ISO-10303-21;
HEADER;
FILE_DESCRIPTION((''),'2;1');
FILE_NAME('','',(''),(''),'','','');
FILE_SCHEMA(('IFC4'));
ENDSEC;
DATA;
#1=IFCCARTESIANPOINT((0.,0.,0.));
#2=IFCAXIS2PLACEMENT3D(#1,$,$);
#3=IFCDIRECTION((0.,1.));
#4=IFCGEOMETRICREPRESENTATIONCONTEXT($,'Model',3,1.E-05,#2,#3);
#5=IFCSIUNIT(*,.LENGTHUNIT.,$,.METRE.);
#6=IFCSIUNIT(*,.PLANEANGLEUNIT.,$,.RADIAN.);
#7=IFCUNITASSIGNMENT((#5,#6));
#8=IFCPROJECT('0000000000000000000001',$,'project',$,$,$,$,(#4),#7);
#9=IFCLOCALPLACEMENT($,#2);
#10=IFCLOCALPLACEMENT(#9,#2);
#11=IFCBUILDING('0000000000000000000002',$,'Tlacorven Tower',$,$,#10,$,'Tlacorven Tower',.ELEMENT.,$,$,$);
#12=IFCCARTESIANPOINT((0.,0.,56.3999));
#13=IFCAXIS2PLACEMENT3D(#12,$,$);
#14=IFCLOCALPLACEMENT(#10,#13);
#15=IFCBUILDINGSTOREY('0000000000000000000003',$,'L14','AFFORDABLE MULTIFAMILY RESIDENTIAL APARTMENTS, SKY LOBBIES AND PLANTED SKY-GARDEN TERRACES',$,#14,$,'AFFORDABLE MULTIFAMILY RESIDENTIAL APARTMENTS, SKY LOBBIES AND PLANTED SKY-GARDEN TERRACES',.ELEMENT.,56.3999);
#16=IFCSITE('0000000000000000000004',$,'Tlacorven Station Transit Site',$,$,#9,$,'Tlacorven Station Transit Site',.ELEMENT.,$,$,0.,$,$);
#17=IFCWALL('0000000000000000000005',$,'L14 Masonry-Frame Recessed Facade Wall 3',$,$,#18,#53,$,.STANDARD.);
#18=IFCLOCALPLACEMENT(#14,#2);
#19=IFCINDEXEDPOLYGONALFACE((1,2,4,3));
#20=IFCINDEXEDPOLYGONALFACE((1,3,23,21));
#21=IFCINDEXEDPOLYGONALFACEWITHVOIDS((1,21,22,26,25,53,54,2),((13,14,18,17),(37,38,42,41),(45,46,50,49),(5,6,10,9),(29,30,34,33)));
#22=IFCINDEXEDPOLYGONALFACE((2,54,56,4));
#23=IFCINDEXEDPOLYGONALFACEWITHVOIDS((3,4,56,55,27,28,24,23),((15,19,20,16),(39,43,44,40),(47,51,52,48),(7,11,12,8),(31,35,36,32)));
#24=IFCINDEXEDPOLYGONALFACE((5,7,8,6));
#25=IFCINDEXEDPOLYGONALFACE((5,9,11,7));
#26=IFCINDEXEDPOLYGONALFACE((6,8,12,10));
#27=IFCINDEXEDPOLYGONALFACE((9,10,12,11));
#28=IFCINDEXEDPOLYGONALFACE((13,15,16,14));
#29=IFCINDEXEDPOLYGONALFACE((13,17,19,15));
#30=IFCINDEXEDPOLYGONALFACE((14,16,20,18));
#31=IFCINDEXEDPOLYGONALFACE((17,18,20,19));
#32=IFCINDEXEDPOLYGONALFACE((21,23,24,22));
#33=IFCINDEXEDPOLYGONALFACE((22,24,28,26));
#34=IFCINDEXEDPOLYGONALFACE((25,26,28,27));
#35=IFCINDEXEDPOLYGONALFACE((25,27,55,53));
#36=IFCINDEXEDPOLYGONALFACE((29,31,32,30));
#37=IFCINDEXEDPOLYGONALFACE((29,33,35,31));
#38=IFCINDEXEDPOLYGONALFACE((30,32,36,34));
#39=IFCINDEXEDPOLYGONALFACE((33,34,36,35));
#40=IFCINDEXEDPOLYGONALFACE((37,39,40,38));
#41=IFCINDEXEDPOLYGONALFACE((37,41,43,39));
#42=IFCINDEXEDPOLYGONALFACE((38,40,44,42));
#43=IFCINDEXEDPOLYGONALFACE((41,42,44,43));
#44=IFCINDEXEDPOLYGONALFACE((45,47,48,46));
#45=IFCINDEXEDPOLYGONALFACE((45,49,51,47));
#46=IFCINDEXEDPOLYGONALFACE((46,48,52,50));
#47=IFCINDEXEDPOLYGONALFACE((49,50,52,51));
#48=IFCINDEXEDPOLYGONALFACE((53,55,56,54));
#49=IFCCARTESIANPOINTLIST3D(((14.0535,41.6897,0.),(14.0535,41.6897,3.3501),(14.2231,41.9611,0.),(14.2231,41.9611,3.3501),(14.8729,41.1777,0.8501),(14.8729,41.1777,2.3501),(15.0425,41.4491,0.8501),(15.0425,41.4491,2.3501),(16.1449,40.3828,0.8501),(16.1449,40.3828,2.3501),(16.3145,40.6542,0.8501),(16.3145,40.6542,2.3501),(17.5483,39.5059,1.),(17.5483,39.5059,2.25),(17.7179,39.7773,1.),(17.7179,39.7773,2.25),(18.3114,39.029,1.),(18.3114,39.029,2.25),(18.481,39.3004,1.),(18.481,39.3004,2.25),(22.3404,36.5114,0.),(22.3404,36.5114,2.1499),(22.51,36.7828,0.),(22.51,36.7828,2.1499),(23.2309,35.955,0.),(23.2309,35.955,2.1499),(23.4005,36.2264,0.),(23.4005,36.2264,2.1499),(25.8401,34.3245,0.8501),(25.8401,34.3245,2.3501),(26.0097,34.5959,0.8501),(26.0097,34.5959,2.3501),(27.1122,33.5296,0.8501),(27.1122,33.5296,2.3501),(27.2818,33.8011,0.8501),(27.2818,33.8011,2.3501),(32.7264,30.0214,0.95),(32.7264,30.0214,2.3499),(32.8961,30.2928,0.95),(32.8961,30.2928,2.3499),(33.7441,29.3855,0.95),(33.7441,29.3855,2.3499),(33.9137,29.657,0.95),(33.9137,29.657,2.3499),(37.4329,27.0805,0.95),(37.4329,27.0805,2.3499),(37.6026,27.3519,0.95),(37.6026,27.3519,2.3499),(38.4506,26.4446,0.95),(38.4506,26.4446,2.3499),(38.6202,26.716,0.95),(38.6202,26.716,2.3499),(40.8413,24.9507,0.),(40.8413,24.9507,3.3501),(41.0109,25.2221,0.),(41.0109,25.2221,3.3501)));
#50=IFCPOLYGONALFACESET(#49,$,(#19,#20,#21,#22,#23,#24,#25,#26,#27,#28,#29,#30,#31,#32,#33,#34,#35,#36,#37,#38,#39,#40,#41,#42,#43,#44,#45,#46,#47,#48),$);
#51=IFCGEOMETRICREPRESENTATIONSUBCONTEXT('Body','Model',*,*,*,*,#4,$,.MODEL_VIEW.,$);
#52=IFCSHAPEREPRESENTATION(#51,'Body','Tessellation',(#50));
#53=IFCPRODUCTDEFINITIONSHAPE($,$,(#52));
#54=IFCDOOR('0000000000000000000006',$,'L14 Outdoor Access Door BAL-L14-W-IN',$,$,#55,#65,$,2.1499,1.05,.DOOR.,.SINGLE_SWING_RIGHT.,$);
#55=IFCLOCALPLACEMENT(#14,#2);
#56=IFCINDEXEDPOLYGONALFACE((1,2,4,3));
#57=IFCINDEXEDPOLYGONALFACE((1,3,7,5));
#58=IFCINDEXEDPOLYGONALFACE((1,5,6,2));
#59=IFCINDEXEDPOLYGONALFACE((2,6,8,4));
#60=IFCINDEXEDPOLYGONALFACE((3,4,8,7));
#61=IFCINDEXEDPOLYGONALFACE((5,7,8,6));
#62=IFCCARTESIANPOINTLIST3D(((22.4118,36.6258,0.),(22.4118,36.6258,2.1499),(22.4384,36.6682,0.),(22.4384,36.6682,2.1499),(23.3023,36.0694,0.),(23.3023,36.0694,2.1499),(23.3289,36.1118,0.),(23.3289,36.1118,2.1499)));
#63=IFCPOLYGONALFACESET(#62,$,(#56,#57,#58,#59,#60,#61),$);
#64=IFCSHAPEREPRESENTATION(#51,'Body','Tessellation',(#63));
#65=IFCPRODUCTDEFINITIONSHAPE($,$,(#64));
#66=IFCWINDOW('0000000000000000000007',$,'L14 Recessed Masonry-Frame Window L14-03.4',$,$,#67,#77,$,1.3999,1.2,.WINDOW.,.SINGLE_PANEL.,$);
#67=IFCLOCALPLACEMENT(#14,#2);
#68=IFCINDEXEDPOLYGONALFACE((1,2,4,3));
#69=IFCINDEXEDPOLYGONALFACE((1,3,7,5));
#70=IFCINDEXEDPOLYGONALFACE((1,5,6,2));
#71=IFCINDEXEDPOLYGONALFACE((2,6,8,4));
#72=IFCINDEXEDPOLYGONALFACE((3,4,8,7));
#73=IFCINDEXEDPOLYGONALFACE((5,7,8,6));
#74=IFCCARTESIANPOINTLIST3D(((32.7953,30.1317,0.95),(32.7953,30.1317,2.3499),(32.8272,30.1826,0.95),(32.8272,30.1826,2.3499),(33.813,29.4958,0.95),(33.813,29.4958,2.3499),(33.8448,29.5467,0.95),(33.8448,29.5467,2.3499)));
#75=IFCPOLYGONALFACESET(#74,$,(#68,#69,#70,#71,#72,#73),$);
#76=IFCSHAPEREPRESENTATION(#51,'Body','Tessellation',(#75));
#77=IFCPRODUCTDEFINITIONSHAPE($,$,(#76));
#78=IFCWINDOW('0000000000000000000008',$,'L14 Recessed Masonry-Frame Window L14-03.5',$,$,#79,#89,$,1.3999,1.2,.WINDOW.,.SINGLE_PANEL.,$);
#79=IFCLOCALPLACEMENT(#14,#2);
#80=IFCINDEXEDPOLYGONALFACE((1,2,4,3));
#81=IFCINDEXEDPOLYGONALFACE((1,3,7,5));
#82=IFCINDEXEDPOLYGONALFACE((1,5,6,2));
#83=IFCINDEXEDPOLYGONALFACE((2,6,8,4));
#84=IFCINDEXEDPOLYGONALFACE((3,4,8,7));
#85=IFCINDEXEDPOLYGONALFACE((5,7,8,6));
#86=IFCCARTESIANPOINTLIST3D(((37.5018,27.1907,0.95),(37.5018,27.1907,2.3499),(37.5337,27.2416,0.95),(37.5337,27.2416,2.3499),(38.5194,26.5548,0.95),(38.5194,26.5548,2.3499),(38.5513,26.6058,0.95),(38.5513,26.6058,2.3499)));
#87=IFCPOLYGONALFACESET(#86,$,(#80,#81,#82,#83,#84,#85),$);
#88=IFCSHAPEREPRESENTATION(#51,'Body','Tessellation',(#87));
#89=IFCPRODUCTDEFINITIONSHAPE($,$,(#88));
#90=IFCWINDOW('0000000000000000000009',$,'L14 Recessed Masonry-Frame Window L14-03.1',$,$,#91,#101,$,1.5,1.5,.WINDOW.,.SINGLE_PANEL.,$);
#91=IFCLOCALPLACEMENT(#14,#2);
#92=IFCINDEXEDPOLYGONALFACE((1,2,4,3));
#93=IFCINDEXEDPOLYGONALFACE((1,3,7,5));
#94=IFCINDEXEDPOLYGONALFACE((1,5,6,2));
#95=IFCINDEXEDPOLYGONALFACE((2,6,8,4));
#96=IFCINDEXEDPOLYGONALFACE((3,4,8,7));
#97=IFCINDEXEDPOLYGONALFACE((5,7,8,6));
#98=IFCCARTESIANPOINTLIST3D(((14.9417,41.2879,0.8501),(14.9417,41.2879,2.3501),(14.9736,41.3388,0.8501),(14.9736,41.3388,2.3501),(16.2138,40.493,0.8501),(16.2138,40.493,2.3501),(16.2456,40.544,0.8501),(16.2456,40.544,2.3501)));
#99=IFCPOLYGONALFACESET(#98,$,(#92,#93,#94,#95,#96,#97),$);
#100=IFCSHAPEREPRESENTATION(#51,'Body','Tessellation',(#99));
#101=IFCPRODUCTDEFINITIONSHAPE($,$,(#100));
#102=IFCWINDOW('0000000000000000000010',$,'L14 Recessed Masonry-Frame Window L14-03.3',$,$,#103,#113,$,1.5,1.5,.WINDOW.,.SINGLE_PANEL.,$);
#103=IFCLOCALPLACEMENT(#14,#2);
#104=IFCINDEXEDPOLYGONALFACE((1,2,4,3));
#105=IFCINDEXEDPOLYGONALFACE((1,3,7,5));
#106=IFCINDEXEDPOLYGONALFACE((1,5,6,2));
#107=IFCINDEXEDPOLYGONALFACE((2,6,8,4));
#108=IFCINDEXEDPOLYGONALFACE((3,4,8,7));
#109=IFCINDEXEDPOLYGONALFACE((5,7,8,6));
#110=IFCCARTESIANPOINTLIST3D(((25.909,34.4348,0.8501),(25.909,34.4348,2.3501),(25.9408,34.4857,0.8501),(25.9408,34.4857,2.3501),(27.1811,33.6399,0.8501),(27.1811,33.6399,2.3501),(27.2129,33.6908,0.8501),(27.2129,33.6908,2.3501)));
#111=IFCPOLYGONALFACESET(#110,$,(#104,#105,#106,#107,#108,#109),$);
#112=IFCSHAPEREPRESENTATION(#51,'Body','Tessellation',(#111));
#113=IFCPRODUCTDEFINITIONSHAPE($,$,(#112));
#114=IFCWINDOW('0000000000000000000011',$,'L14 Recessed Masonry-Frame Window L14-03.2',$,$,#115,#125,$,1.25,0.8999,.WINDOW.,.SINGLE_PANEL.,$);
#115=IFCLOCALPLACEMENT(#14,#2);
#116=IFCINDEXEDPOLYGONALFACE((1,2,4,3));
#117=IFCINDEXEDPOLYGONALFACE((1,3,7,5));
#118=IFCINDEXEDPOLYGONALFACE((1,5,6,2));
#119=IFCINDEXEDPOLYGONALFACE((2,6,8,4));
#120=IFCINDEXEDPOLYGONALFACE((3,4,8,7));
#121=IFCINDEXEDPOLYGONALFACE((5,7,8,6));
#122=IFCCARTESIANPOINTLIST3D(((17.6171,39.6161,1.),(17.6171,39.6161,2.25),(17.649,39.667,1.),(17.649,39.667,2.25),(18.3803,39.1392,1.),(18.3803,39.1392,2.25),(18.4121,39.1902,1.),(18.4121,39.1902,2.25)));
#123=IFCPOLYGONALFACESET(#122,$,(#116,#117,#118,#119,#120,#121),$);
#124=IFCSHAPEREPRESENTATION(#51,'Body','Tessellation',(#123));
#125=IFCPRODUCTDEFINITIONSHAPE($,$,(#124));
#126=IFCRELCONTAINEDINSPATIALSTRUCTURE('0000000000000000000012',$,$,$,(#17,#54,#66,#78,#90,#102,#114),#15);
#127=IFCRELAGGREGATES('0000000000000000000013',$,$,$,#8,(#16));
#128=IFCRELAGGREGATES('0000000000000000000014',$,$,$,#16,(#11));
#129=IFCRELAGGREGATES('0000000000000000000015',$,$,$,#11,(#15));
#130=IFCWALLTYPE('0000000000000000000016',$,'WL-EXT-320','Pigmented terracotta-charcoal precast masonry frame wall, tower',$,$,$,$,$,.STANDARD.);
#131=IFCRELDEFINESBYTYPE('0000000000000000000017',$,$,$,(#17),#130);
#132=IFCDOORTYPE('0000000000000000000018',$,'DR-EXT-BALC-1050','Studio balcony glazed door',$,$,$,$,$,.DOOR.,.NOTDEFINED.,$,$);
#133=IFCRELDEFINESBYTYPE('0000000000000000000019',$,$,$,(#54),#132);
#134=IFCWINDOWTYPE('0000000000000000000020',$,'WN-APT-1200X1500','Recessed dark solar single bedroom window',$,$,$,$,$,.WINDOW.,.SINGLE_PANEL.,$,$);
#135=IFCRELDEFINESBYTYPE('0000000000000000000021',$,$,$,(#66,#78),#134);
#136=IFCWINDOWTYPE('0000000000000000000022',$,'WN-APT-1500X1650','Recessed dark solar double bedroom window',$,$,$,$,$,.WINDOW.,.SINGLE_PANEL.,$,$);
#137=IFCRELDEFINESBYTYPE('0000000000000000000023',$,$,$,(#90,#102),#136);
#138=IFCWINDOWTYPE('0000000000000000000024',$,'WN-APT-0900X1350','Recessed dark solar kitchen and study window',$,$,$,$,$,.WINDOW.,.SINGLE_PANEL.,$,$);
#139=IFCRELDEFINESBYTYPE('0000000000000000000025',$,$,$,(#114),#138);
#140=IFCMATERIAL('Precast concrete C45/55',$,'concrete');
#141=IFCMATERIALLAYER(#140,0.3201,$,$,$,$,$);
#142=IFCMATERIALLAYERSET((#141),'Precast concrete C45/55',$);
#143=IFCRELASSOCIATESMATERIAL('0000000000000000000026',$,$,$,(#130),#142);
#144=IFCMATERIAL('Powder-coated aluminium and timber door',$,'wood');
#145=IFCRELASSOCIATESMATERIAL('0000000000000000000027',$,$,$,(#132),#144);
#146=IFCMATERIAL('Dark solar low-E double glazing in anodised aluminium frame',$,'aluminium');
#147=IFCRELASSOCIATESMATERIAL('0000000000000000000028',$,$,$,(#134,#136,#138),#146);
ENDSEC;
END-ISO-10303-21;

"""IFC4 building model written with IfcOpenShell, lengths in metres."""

from ifc_helpers import new_model, si_unit, direction, frame, frame_2d, origin, place, context, subcontext, project, spatial, rectangle, extrude, source, transform, mapped, material, layer, layer_set, type_object, element, fill, save


model = new_model("IFC4")

# Units and contexts
model_context = context("Model", 3, precision=1e-05, world=origin(), true_north=direction((0.0, 1.0)))
body_context = subcontext(model_context, "Body", "Model", "MODEL_VIEW")
ifc_project = project(units=[si_unit("LENGTHUNIT", "METRE"), si_unit("PLANEANGLEUNIT", "RADIAN")], contexts=[model_context])

# Site, building, storey
site_placement = place(None, origin())
site = spatial("IfcSite", under=ifc_project, at=site_placement, Name="Tlacorven Station Transit Site", LongName="Tlacorven Station Transit Site", CompositionType="ELEMENT", RefElevation=0.0)
building_placement = place(site_placement, origin())
building = spatial("IfcBuilding", under=site, at=building_placement, Name="Tlacorven Tower", LongName="Tlacorven Tower", CompositionType="ELEMENT")
storey_placement = place(building_placement, frame((0.0, 0.0, 56.3999)))
storey = spatial("IfcBuildingStorey", under=building, at=storey_placement, Name="L14", Description="AFFORDABLE MULTIFAMILY RESIDENTIAL APARTMENTS, SKY LOBBIES AND PLANTED SKY-GARDEN TERRACES", LongName="AFFORDABLE MULTIFAMILY RESIDENTIAL APARTMENTS, SKY LOBBIES AND PLANTED SKY-GARDEN TERRACES", CompositionType="ELEMENT", Elevation=56.3999)

# Wall, openings, door, windows
ifc_material_1 = material(Name="Precast concrete C45/55", Category="concrete")
ifc_layer_1 = layer(ifc_material_1, 0.3201)
ifc_layer_set_1 = layer_set([ifc_layer_1], Name="Precast concrete C45/55")
wall_type_1 = type_object("IfcWallType", Name="WL-EXT-320", Description="Pigmented terracotta-charcoal precast masonry frame wall, tower", PredefinedType="STANDARD", material=ifc_layer_set_1)
wall_1_placement = place(storey_placement, frame((14.1382, 41.8254, 0.0), z_axis=(0.0, 0.0, 1.0), x_axis=(0.848046, -0.529922, 0.0)))
wall_1 = element("IfcWall", 1, at=wall_1_placement, inside=storey, type_object=wall_type_1, Name="L14 Masonry-Frame Recessed Facade Wall 3", PredefinedType="STANDARD", context=body_context, shape_type="SweptSolid", body=[
    extrude(rectangle(XDim=31.5876, YDim=0.3201, at=frame_2d((15.7939, 0.0))), origin(), (0.0, 0.0, 1.0), 3.3501),
])
opening_1_placement = place(wall_1_placement, frame((9.772, 0.0, 0.0)))
opening_1 = element("IfcOpeningElement", 2, at=opening_1_placement, cuts=wall_1, PredefinedType="OPENING", context=body_context, shape_type="SweptSolid", body=[
    extrude(rectangle(XDim=1.05, YDim=2.1499, at=frame_2d((0.5249, 1.075))), frame((0.0, 0.1699, 0.0), z_axis=(0.0, -1.0, 0.0), x_axis=(1.0, 0.0, 0.0)), (0.0, 0.0, 1.0), 0.3401),
])
opening_2_placement = place(wall_1_placement, frame((0.9663, 0.0, 0.8501)))
opening_2 = element("IfcOpeningElement", 3, at=opening_2_placement, cuts=wall_1, PredefinedType="OPENING", context=body_context, shape_type="SweptSolid", body=[
    extrude(rectangle(XDim=1.5, YDim=1.5, at=frame_2d((0.75, 0.75))), frame((0.0, 0.1699, 0.0), z_axis=(0.0, -1.0, 0.0), x_axis=(1.0, 0.0, 0.0)), (0.0, 0.0, 1.0), 0.3401),
])
opening_3_placement = place(wall_1_placement, frame((4.1211, 0.0, 1.0)))
opening_3 = element("IfcOpeningElement", 4, at=opening_3_placement, cuts=wall_1, PredefinedType="OPENING", context=body_context, shape_type="SweptSolid", body=[
    extrude(rectangle(XDim=0.8999, YDim=1.25, at=frame_2d((0.45, 0.625))), frame((0.0, 0.1699, 0.0), z_axis=(0.0, -1.0, 0.0), x_axis=(1.0, 0.0, 0.0)), (0.0, 0.0, 1.0), 0.3401),
])
opening_4_placement = place(wall_1_placement, frame((13.8987, 0.0, 0.8501)))
opening_4 = element("IfcOpeningElement", 5, at=opening_4_placement, cuts=wall_1, PredefinedType="OPENING", context=body_context, shape_type="SweptSolid", body=[
    extrude(rectangle(XDim=1.5, YDim=1.5, at=frame_2d((0.75, 0.75))), frame((0.0, 0.1699, 0.0), z_axis=(0.0, -1.0, 0.0), x_axis=(1.0, 0.0, 0.0)), (0.0, 0.0, 1.0), 0.3401),
])
opening_5_placement = place(wall_1_placement, frame((22.0188, 0.0, 0.95)))
opening_5 = element("IfcOpeningElement", 6, at=opening_5_placement, cuts=wall_1, PredefinedType="OPENING", context=body_context, shape_type="SweptSolid", body=[
    extrude(rectangle(XDim=1.2, YDim=1.3999, at=frame_2d((0.6001, 0.7))), frame((0.0, 0.1699, 0.0), z_axis=(0.0, -1.0, 0.0), x_axis=(1.0, 0.0, 0.0)), (0.0, 0.0, 1.0), 0.3401),
])
opening_6_placement = place(wall_1_placement, frame((27.5686, 0.0, 0.95)))
opening_6 = element("IfcOpeningElement", 7, at=opening_6_placement, cuts=wall_1, PredefinedType="OPENING", context=body_context, shape_type="SweptSolid", body=[
    extrude(rectangle(XDim=1.2, YDim=1.3999, at=frame_2d((0.6001, 0.7))), frame((0.0, 0.1699, 0.0), z_axis=(0.0, -1.0, 0.0), x_axis=(1.0, 0.0, 0.0)), (0.0, 0.0, 1.0), 0.3401),
])
ifc_material_2 = material(Name="Powder-coated aluminium and timber door", Category="wood")
door_type_1 = type_object("IfcDoorType", Name="DR-EXT-BALC-1050", Description="Studio balcony glazed door", OperationType="NOTDEFINED", PredefinedType="DOOR", material=ifc_material_2)
shared_shape_1 = source(origin(), body_context, "Body", "SweptSolid", [
    extrude(rectangle(XDim=1.05, YDim=2.1499, at=frame_2d((0.5249, 1.075))), frame((0.0, 0.0249, 0.0), z_axis=(0.0, -1.0, 0.0), x_axis=(1.0, 0.0, 0.0)), (0.0, 0.0, 1.0), 0.05),
])
door_1_placement = place(opening_1_placement, origin())
door_1 = element("IfcDoor", 8, at=door_1_placement, inside=storey, type_object=door_type_1, Name="L14 Outdoor Access Door BAL-L14-W-IN", OperationType="SINGLE_SWING_RIGHT", OverallHeight=2.1499, OverallWidth=1.05, PredefinedType="DOOR", context=body_context, shape_type="MappedRepresentation", body=[
    mapped(shared_shape_1, transform((0.0, 0.0, 0.0), scale=1.0)),
])
fill(opening_1, door_1)
ifc_material_3 = material(Name="Dark solar low-E double glazing in anodised aluminium frame", Category="aluminium")
window_type_1 = type_object("IfcWindowType", Name="WN-APT-1200X1500", Description="Recessed dark solar single bedroom window", PartitioningType="SINGLE_PANEL", PredefinedType="WINDOW", material=ifc_material_3)
shared_shape_2 = source(origin(), body_context, "Body", "SweptSolid", [
    extrude(rectangle(XDim=1.2, YDim=1.3999, at=frame_2d((0.6001, 0.7))), frame((0.0, 0.03, 0.0), z_axis=(0.0, -1.0, 0.0), x_axis=(1.0, 0.0, 0.0)), (0.0, 0.0, 1.0), 0.0601),
])
window_1_placement = place(opening_5_placement, origin())
window_1 = element("IfcWindow", 9, at=window_1_placement, inside=storey, type_object=window_type_1, Name="L14 Recessed Masonry-Frame Window L14-03.4", OverallHeight=1.3999, OverallWidth=1.2, PartitioningType="SINGLE_PANEL", PredefinedType="WINDOW", context=body_context, shape_type="MappedRepresentation", body=[
    mapped(shared_shape_2, transform((0.0, 0.0, 0.0), scale=1.0)),
])
fill(opening_5, window_1)
window_2_placement = place(opening_6_placement, origin())
window_2 = element("IfcWindow", 10, at=window_2_placement, inside=storey, type_object=window_type_1, Name="L14 Recessed Masonry-Frame Window L14-03.5", OverallHeight=1.3999, OverallWidth=1.2, PartitioningType="SINGLE_PANEL", PredefinedType="WINDOW", context=body_context, shape_type="MappedRepresentation", body=[
    mapped(shared_shape_2, transform((0.0, 0.0, 0.0), scale=1.0)),
])
fill(opening_6, window_2)
window_type_2 = type_object("IfcWindowType", Name="WN-APT-1500X1650", Description="Recessed dark solar double bedroom window", PartitioningType="SINGLE_PANEL", PredefinedType="WINDOW", material=ifc_material_3)
shared_shape_3 = source(origin(), body_context, "Body", "SweptSolid", [
    extrude(rectangle(XDim=1.5, YDim=1.5, at=frame_2d((0.75, 0.75))), frame((0.0, 0.03, 0.0), z_axis=(0.0, -1.0, 0.0), x_axis=(1.0, 0.0, 0.0)), (0.0, 0.0, 1.0), 0.0601),
])
window_3_placement = place(opening_2_placement, origin())
window_3 = element("IfcWindow", 11, at=window_3_placement, inside=storey, type_object=window_type_2, Name="L14 Recessed Masonry-Frame Window L14-03.1", OverallHeight=1.5, OverallWidth=1.5, PartitioningType="SINGLE_PANEL", PredefinedType="WINDOW", context=body_context, shape_type="MappedRepresentation", body=[
    mapped(shared_shape_3, transform((0.0, 0.0, 0.0), scale=1.0)),
])
fill(opening_2, window_3)
window_4_placement = place(opening_4_placement, origin())
window_4 = element("IfcWindow", 12, at=window_4_placement, inside=storey, type_object=window_type_2, Name="L14 Recessed Masonry-Frame Window L14-03.3", OverallHeight=1.5, OverallWidth=1.5, PartitioningType="SINGLE_PANEL", PredefinedType="WINDOW", context=body_context, shape_type="MappedRepresentation", body=[
    mapped(shared_shape_3, transform((0.0, 0.0, 0.0), scale=1.0)),
])
fill(opening_4, window_4)
window_type_3 = type_object("IfcWindowType", Name="WN-APT-0900X1350", Description="Recessed dark solar kitchen and study window", PartitioningType="SINGLE_PANEL", PredefinedType="WINDOW", material=ifc_material_3)
shared_shape_4 = source(origin(), body_context, "Body", "SweptSolid", [
    extrude(rectangle(XDim=0.8999, YDim=1.25, at=frame_2d((0.45, 0.625))), frame((0.0, 0.03, 0.0), z_axis=(0.0, -1.0, 0.0), x_axis=(1.0, 0.0, 0.0)), (0.0, 0.0, 1.0), 0.0601),
])
window_5_placement = place(opening_3_placement, origin())
window_5 = element("IfcWindow", 13, at=window_5_placement, inside=storey, type_object=window_type_3, Name="L14 Recessed Masonry-Frame Window L14-03.2", OverallHeight=1.25, OverallWidth=0.8999, PartitioningType="SINGLE_PANEL", PredefinedType="WINDOW", context=body_context, shape_type="MappedRepresentation", body=[
    mapped(shared_shape_4, transform((0.0, 0.0, 0.0), scale=1.0)),
])
fill(opening_3, window_5)

save(model, "model.ifc")
